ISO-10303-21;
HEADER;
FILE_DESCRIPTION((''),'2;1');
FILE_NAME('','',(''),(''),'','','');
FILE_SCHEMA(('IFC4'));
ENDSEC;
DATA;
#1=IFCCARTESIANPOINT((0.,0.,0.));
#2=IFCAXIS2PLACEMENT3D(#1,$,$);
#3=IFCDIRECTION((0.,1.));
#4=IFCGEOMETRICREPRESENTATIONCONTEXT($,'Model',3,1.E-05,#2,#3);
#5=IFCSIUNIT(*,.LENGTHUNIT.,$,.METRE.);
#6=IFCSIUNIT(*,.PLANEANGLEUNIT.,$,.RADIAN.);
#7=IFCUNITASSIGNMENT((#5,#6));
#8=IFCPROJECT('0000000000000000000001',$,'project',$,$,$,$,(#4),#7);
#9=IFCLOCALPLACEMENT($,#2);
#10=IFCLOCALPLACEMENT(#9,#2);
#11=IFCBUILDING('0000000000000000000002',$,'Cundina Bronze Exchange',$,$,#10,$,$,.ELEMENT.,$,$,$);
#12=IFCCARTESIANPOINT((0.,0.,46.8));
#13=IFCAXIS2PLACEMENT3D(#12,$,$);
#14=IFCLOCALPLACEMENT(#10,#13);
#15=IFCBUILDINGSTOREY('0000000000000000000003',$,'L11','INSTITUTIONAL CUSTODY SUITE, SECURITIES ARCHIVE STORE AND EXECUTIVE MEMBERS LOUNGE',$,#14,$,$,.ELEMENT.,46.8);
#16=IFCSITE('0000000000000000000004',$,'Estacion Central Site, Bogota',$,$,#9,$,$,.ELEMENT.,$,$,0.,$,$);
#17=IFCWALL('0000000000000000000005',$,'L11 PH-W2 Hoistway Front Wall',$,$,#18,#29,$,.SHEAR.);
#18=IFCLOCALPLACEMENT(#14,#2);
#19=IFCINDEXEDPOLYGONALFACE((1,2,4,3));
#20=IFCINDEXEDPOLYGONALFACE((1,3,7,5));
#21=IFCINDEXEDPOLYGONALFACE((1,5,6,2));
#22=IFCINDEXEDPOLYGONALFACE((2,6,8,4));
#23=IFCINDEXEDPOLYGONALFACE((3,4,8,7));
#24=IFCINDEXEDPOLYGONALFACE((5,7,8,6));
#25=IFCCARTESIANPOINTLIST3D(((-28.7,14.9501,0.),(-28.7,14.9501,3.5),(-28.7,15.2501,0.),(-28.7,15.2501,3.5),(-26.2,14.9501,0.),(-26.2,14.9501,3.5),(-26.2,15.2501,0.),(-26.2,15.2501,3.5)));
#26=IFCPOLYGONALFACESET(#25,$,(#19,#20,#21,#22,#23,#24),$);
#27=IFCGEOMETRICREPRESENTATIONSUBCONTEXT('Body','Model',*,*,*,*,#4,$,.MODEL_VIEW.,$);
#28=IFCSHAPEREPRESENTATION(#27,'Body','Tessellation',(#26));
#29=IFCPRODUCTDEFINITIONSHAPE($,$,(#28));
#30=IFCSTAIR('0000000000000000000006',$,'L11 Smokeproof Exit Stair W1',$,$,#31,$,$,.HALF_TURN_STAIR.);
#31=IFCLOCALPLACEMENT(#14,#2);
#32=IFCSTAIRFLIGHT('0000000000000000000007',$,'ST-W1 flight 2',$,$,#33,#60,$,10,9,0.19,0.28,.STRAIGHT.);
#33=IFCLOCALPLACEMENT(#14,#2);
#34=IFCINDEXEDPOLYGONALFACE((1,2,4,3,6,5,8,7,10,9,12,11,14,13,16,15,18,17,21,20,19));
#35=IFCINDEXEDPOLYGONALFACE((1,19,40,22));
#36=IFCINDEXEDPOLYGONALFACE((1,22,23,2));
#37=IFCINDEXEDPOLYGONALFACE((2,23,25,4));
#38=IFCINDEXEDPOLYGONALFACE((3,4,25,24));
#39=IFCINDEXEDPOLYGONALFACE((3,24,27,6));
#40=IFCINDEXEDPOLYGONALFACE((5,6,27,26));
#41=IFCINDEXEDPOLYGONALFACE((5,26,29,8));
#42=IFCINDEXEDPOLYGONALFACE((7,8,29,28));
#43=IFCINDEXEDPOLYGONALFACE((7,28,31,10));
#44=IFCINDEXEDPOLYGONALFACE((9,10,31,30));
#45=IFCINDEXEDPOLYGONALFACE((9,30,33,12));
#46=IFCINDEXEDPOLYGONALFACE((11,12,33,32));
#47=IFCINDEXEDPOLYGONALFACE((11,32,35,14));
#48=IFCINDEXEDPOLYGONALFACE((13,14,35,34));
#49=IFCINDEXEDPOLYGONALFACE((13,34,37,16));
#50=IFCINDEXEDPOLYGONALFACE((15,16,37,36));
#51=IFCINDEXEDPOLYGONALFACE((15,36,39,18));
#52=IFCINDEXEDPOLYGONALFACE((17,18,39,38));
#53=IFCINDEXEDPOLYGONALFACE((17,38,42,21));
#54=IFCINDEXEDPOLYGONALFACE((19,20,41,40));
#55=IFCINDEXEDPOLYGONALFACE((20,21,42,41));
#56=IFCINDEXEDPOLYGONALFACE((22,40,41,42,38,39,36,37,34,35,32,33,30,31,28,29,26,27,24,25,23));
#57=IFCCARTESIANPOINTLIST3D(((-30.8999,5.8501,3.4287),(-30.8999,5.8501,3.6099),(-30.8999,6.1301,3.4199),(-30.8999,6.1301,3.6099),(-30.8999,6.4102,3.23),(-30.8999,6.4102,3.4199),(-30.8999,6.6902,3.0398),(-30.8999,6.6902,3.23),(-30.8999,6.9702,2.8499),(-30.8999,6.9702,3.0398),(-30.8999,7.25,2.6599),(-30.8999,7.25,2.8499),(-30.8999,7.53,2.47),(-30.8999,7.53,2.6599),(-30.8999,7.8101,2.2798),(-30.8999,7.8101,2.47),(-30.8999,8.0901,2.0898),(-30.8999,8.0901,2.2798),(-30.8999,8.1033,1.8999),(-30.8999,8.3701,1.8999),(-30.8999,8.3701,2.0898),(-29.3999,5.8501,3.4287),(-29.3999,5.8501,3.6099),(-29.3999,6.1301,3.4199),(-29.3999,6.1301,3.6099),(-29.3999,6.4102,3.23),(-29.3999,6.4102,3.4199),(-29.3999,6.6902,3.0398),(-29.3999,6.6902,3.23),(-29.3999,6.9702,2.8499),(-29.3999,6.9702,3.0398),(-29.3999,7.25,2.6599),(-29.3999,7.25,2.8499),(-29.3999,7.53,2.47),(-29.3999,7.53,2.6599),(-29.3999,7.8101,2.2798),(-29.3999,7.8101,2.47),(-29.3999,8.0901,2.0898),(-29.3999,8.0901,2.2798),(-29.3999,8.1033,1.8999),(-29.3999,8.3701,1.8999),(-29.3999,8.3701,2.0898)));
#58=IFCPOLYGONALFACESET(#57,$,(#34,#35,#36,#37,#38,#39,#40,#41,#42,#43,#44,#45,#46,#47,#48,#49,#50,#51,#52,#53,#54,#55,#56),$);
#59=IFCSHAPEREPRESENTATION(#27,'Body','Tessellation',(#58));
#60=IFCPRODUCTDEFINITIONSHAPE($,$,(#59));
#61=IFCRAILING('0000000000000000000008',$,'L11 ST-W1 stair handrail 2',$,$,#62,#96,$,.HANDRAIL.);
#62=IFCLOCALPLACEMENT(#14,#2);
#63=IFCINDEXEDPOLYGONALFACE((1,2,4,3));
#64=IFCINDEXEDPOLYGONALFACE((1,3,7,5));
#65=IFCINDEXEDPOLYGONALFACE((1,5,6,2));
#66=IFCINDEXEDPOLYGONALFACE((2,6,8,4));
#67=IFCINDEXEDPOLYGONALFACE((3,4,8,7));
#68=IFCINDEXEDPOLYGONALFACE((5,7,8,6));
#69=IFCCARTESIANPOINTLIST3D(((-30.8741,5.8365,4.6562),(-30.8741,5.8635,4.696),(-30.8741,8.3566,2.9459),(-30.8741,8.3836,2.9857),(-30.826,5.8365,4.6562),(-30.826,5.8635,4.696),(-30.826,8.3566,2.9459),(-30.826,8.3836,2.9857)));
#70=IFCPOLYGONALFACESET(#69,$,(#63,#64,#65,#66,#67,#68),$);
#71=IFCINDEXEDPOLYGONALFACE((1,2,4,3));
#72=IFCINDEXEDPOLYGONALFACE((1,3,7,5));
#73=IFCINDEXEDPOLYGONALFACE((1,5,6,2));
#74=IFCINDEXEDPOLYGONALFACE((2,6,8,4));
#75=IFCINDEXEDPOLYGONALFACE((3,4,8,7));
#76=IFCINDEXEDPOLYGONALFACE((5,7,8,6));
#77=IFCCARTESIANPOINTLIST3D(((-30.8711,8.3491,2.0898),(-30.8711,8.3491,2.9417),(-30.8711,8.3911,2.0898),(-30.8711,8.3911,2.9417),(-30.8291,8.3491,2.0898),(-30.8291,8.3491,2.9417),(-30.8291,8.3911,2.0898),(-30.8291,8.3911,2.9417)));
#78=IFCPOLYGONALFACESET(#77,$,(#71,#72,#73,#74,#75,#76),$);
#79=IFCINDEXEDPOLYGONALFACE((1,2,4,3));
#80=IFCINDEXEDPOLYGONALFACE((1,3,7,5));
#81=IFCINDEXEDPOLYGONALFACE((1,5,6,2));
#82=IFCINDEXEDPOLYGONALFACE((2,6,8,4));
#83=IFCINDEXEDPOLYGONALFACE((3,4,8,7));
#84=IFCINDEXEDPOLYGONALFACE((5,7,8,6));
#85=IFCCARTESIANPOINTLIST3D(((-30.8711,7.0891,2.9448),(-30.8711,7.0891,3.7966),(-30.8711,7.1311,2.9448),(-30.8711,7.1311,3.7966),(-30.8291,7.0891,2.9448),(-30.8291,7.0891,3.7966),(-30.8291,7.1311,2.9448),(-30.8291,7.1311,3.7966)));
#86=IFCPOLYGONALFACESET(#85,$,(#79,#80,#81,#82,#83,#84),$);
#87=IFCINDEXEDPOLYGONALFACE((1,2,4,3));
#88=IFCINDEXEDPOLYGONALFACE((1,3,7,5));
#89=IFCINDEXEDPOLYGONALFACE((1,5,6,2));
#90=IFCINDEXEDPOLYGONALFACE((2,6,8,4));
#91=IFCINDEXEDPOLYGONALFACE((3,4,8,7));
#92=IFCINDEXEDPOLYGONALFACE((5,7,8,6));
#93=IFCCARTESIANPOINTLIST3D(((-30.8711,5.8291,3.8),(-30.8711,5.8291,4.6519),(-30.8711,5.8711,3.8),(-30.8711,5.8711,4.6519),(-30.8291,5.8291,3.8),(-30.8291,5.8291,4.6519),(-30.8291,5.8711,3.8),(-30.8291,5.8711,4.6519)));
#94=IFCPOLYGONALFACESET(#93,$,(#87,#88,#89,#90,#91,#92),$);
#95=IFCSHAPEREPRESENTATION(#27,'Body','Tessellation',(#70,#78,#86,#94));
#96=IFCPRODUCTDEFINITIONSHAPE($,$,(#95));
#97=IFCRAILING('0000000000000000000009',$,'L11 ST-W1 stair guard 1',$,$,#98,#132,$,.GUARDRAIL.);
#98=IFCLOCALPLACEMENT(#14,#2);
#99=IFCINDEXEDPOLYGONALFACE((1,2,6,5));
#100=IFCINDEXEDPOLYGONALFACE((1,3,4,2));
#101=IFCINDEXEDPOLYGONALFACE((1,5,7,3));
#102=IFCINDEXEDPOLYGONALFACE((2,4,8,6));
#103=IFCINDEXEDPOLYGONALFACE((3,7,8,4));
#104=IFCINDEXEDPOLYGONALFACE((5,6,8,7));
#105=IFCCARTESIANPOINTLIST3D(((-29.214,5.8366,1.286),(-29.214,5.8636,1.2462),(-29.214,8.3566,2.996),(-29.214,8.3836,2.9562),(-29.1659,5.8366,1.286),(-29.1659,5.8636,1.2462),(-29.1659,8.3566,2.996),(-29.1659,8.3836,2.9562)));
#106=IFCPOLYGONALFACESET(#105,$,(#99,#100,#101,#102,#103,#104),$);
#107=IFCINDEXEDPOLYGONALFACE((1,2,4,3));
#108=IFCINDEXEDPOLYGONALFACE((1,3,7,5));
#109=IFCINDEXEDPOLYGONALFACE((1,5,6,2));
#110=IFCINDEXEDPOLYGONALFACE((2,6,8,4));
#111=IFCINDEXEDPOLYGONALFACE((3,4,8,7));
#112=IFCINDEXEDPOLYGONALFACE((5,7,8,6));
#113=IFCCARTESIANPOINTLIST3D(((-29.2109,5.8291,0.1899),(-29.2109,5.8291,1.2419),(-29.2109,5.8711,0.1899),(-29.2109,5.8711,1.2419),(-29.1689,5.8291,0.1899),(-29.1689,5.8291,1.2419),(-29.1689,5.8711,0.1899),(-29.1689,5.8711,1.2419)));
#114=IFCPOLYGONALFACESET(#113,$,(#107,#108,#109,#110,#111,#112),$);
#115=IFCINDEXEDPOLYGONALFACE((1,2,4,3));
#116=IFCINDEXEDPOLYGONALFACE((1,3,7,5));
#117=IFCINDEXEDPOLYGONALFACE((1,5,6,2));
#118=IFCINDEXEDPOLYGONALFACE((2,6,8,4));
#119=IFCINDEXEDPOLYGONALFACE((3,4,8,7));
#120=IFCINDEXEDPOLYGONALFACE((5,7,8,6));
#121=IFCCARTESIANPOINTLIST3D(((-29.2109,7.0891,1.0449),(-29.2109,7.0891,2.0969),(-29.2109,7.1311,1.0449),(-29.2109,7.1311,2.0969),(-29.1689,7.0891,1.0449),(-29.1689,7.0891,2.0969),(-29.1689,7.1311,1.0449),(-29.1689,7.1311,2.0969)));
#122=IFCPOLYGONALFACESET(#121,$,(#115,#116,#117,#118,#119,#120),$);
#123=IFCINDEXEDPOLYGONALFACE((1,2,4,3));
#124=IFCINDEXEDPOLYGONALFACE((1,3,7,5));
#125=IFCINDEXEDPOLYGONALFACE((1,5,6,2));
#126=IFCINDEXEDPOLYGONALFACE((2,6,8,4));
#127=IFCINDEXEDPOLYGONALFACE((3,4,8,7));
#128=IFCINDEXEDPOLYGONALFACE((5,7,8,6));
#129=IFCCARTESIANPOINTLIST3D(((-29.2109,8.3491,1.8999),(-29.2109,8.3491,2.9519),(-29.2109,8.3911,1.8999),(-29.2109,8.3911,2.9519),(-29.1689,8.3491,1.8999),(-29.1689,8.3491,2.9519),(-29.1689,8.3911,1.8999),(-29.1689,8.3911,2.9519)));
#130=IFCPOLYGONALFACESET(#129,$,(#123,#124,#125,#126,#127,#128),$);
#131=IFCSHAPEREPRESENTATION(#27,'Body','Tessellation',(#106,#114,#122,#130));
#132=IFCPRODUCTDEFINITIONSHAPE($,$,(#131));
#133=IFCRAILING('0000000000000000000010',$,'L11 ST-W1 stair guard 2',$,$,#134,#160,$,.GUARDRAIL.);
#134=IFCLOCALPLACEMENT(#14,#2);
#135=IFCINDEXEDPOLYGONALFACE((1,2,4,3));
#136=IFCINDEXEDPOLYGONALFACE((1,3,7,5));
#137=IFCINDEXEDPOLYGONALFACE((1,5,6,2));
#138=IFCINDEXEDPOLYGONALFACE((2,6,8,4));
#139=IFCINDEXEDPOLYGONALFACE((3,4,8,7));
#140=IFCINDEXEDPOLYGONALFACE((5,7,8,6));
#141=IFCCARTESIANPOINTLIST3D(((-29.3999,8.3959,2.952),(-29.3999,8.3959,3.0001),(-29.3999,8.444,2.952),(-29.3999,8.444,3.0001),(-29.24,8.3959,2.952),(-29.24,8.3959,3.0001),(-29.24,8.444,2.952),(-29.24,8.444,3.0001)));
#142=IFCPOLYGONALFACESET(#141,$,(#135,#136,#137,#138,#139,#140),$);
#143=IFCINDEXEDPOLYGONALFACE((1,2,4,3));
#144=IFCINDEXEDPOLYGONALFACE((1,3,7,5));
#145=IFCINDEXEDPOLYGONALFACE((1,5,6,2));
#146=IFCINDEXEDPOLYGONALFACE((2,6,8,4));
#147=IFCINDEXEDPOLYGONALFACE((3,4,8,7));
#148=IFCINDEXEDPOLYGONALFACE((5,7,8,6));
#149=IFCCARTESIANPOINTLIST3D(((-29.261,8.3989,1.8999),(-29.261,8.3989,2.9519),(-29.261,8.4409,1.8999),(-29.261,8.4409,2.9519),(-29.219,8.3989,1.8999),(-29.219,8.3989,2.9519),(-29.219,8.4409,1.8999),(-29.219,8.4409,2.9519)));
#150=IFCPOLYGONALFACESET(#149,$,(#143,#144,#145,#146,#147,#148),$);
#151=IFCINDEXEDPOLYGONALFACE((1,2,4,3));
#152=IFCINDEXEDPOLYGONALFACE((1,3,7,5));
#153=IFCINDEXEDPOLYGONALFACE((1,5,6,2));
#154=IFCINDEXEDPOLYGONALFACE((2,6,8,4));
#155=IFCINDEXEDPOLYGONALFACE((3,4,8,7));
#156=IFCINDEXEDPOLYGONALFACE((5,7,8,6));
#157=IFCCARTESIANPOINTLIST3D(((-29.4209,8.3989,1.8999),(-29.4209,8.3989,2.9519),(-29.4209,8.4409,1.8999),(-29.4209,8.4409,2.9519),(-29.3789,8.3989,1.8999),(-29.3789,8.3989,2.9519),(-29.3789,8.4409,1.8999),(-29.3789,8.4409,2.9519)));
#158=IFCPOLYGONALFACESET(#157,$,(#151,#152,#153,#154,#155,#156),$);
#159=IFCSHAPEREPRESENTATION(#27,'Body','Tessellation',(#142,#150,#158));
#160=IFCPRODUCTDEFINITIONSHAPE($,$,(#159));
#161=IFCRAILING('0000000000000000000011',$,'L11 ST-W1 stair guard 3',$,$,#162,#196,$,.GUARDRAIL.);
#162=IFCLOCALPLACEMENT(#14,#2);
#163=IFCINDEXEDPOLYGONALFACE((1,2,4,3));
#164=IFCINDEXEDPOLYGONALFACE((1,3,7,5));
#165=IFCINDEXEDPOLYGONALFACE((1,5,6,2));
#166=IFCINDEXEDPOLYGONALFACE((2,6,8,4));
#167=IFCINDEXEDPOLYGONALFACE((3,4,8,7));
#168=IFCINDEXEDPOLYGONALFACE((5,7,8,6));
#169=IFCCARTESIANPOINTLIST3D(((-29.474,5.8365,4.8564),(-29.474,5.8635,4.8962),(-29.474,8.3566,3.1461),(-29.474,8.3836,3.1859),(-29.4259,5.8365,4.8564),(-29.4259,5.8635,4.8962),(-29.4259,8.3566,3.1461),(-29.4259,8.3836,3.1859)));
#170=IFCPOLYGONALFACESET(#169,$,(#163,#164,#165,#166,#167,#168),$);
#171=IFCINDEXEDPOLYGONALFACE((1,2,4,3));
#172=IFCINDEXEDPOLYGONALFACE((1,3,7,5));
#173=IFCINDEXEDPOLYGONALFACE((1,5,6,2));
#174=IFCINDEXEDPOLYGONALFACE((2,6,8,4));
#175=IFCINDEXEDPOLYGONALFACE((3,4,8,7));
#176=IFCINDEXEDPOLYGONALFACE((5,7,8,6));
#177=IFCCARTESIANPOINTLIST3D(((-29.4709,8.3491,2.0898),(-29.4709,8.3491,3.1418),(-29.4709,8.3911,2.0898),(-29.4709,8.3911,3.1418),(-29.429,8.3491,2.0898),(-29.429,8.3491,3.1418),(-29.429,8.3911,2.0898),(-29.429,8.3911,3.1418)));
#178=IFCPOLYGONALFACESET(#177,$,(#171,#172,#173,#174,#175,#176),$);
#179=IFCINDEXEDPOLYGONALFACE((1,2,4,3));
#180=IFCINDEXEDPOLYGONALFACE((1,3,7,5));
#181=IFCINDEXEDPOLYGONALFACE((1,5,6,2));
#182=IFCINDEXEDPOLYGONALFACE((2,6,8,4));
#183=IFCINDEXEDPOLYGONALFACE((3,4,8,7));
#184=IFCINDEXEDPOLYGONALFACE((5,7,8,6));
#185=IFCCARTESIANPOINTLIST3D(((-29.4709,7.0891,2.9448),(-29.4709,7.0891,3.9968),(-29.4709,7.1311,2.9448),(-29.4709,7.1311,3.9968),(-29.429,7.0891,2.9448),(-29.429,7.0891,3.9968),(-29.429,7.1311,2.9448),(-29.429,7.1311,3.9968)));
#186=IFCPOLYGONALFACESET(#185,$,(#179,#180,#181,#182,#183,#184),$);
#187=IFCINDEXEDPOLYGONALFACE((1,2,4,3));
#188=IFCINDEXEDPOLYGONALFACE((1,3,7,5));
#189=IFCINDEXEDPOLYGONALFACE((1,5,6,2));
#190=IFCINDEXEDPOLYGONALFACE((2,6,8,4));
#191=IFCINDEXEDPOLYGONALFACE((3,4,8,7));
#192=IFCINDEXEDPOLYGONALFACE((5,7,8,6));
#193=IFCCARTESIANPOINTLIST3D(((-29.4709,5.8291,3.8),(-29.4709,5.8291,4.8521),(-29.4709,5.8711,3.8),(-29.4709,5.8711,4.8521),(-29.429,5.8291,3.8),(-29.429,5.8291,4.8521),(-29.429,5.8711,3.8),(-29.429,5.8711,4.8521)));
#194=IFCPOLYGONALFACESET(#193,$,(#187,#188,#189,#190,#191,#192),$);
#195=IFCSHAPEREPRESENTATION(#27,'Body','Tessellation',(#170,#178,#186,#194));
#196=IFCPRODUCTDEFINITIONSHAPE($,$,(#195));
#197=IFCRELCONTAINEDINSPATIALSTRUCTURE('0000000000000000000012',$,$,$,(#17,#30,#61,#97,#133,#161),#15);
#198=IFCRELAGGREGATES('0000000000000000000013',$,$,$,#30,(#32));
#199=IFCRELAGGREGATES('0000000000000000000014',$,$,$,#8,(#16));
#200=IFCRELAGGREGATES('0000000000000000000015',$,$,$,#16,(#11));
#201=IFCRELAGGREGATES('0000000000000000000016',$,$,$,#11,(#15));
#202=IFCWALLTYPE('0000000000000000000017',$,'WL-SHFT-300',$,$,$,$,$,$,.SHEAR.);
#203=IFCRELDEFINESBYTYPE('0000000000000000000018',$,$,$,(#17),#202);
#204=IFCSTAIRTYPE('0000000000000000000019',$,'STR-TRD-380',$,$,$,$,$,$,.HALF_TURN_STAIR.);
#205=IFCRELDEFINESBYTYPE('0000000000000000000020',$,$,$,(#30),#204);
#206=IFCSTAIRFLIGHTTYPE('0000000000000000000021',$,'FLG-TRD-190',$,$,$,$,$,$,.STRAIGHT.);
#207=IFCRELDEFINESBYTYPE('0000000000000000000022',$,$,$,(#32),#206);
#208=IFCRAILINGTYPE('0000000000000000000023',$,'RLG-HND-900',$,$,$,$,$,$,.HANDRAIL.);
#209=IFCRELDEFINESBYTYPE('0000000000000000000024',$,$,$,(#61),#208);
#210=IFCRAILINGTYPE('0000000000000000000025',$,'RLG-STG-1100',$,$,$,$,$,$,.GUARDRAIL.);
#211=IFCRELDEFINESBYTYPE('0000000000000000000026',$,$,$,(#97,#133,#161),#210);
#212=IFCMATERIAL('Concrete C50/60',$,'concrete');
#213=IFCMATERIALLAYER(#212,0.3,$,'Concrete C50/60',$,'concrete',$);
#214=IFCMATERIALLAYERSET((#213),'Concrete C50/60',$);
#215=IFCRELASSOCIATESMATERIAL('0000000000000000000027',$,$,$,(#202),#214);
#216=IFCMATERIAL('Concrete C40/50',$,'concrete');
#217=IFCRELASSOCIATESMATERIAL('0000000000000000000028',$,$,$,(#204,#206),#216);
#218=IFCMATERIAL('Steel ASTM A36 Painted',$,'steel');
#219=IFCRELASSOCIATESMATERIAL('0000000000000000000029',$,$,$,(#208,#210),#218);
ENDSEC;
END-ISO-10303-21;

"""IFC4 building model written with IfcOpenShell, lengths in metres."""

from ifc_helpers import new_model, si_unit, direction, frame, frame_2d, origin, origin_2d, place, context, subcontext, project, spatial, polyline, rectangle, outline, extrude, material, layer, layer_set, type_object, element, aggregate, save


model = new_model("IFC4")

# Units and contexts
model_context = context("Model", 3, precision=1e-05, world=origin(), true_north=direction((0.0, 1.0)))
body_context = subcontext(model_context, "Body", "Model", "MODEL_VIEW")
ifc_project = project(units=[si_unit("LENGTHUNIT", "METRE"), si_unit("PLANEANGLEUNIT", "RADIAN")], contexts=[model_context])

# Site, building, storey
site_placement = place(None, origin())
site = spatial("IfcSite", under=ifc_project, at=site_placement, Name="Estacion Central Site, Bogota", CompositionType="ELEMENT", RefElevation=0.0)
building_placement = place(site_placement, origin())
building = spatial("IfcBuilding", under=site, at=building_placement, Name="Cundina Bronze Exchange", CompositionType="ELEMENT")
storey_placement = place(building_placement, frame((0.0, 0.0, 46.8)))
storey = spatial("IfcBuildingStorey", under=building, at=storey_placement, Name="L11", Description="INSTITUTIONAL CUSTODY SUITE, SECURITIES ARCHIVE STORE AND EXECUTIVE MEMBERS LOUNGE", CompositionType="ELEMENT", Elevation=46.8)

# Shared definitions
ifc_material_1 = material(Name="Concrete C50/60", Category="concrete")
ifc_layer_1 = layer(ifc_material_1, 0.3, Name="Concrete C50/60", Category="concrete")
ifc_layer_set_1 = layer_set([ifc_layer_1], Name="Concrete C50/60")
wall_type_1 = type_object("IfcWallType", Name="WL-SHFT-300", PredefinedType="SHEAR", material=ifc_layer_set_1)
ifc_material_2 = material(Name="Steel ASTM A36 Painted", Category="steel")

# Wall
wall_1_placement = place(storey_placement, frame((-28.7, 15.1001, 0.0), z_axis=(0.0, 0.0, 1.0), x_axis=(1.0, 0.0, 0.0)))
element("IfcWall", 1, at=wall_1_placement, inside=storey, type_object=wall_type_1, Name="L11 PH-W2 Hoistway Front Wall", PredefinedType="SHEAR", context=body_context, shape_type="SweptSolid", body=[
    extrude(rectangle(XDim=2.5, YDim=0.3, at=frame_2d((1.25, 0.0))), origin(), (0.0, 0.0, 1.0), 3.5),
])

# Stair, stair flight
ifc_material_3 = material(Name="Concrete C40/50", Category="concrete")
stair_type = type_object("IfcStairType", Name="STR-TRD-380", PredefinedType="HALF_TURN_STAIR", material=ifc_material_3)
stair_placement = place(storey_placement, origin())
stair = element("IfcStair", 2, at=stair_placement, inside=storey, type_object=stair_type, Name="L11 Smokeproof Exit Stair W1", PredefinedType="HALF_TURN_STAIR")
stair_flight_type = type_object("IfcStairFlightType", Name="FLG-TRD-190", PredefinedType="STRAIGHT", material=ifc_material_3)
stair_flight_placement = place(storey_placement, frame((-30.1499, 8.3701, 1.8999), z_axis=(0.0, 0.0, 1.0), x_axis=(0.0, -1.0, 0.0)))
stair_flight = element("IfcStairFlight", 3, at=stair_flight_placement, type_object=stair_flight_type, Name="ST-W1 flight 2", NumberOfRisers=10, NumberOfTreads=9, PredefinedType="STRAIGHT", RiserHeight=0.19, TreadLength=0.28, context=body_context, shape_type="SweptSolid", body=[
    extrude(outline(polyline([(0.0, 0.0), (0.0, 0.1899), (0.28, 0.1899), (0.28, 0.3799), (0.5601, 0.3799), (0.5601, 0.5701), (0.8401, 0.5701), (0.8401, 0.76), (1.1201, 0.76), (1.1201, 0.95), (1.3999, 0.95), (1.3999, 1.1399), (1.6799, 1.1399), (1.6799, 1.3301), (1.96, 1.3301), (1.96, 1.52), (2.24, 1.52), (2.24, 1.71), (2.52, 1.71), (2.52, 1.8999), (2.52, 1.5288), (0.2668, 0.0), (0.0, 0.0)])), frame((0.0, 0.75, 0.0), z_axis=(0.0, -1.0, 0.0), x_axis=(1.0, 0.0, 0.0)), (0.0, 0.0, 1.0), 1.5),
])
aggregate(stair, [stair_flight])

# Railings
railing_type_1 = type_object("IfcRailingType", Name="RLG-HND-900", PredefinedType="HANDRAIL", material=ifc_material_2)
railing_1_placement = place(storey_placement, frame((-30.8501, 8.3701, 2.0898)))
element("IfcRailing", 4, at=railing_1_placement, inside=storey, type_object=railing_type_1, Name="L11 ST-W1 stair handrail 2", PredefinedType="HANDRAIL", context=body_context, shape_type="SweptSolid", body=[
    extrude(rectangle(XDim=0.0481, YDim=0.0481, at=origin_2d()), frame((0.0, 0.0, 0.876), z_axis=(0.0, -0.827447, 0.561545), x_axis=(1.0, 0.0, 0.0)), (0.0, 0.0, 1.0), 3.0457),
    extrude(rectangle(XDim=0.042, YDim=0.042, at=origin_2d()), origin(), (0.0, 0.0, 1.0), 0.8518),
    extrude(rectangle(XDim=0.042, YDim=0.042, at=origin_2d()), frame((0.0, -1.26, 0.855)), (0.0, 0.0, 1.0), 0.8518),
    extrude(rectangle(XDim=0.042, YDim=0.042, at=origin_2d()), frame((0.0, -2.52, 1.7102)), (0.0, 0.0, 1.0), 0.8518),
])
railing_type_2 = type_object("IfcRailingType", Name="RLG-STG-1100", PredefinedType="GUARDRAIL", material=ifc_material_2)
railing_2_placement = place(storey_placement, frame((-29.1899, 5.8501, 0.1899)))
element("IfcRailing", 5, at=railing_2_placement, inside=storey, type_object=railing_type_2, Name="L11 ST-W1 stair guard 1", PredefinedType="GUARDRAIL", context=body_context, shape_type="SweptSolid", body=[
    extrude(rectangle(XDim=0.0481, YDim=0.0481, at=origin_2d()), frame((0.0, 0.0, 1.0762), z_axis=(0.0, 0.827484, 0.56149), x_axis=(-1.0, 0.0, 0.0)), (0.0, 0.0, 1.0), 3.0454),
    extrude(rectangle(XDim=0.042, YDim=0.042, at=origin_2d()), origin(), (0.0, 0.0, 1.0), 1.052),
    extrude(rectangle(XDim=0.042, YDim=0.042, at=origin_2d()), frame((0.0, 1.26, 0.855)), (0.0, 0.0, 1.0), 1.052),
    extrude(rectangle(XDim=0.042, YDim=0.042, at=origin_2d()), frame((0.0, 2.52, 1.71)), (0.0, 0.0, 1.0), 1.052),
])
railing_3_placement = place(storey_placement, frame((-29.24, 8.4199, 1.8999)))
element("IfcRailing", 6, at=railing_3_placement, inside=storey, type_object=railing_type_2, Name="L11 ST-W1 stair guard 2", PredefinedType="GUARDRAIL", context=body_context, shape_type="SweptSolid", body=[
    extrude(rectangle(XDim=0.0481, YDim=0.0481, at=origin_2d()), frame((0.0, 0.0, 1.0762), z_axis=(-1.0, 0.0, 0.0), x_axis=(0.0, -1.0, 0.0)), (0.0, 0.0, 1.0), 0.1599),
    extrude(rectangle(XDim=0.042, YDim=0.042, at=origin_2d()), origin(), (0.0, 0.0, 1.0), 1.052),
    extrude(rectangle(XDim=0.042, YDim=0.042, at=origin_2d()), frame((-0.1599, 0.0, 0.0)), (0.0, 0.0, 1.0), 1.052),
])
railing_4_placement = place(storey_placement, frame((-29.45, 8.3701, 2.0898)))
element("IfcRailing", 7, at=railing_4_placement, inside=storey, type_object=railing_type_2, Name="L11 ST-W1 stair guard 3", PredefinedType="GUARDRAIL", context=body_context, shape_type="SweptSolid", body=[
    extrude(rectangle(XDim=0.0481, YDim=0.0481, at=origin_2d()), frame((0.0, 0.0, 1.0762), z_axis=(0.0, -0.827447, 0.561545), x_axis=(1.0, 0.0, 0.0)), (0.0, 0.0, 1.0), 3.0457),
    extrude(rectangle(XDim=0.042, YDim=0.042, at=origin_2d()), origin(), (0.0, 0.0, 1.0), 1.052),
    extrude(rectangle(XDim=0.042, YDim=0.042, at=origin_2d()), frame((0.0, -1.26, 0.855)), (0.0, 0.0, 1.0), 1.052),
    extrude(rectangle(XDim=0.042, YDim=0.042, at=origin_2d()), frame((0.0, -2.52, 1.7102)), (0.0, 0.0, 1.0), 1.052),
])

save(model, "model.ifc")
